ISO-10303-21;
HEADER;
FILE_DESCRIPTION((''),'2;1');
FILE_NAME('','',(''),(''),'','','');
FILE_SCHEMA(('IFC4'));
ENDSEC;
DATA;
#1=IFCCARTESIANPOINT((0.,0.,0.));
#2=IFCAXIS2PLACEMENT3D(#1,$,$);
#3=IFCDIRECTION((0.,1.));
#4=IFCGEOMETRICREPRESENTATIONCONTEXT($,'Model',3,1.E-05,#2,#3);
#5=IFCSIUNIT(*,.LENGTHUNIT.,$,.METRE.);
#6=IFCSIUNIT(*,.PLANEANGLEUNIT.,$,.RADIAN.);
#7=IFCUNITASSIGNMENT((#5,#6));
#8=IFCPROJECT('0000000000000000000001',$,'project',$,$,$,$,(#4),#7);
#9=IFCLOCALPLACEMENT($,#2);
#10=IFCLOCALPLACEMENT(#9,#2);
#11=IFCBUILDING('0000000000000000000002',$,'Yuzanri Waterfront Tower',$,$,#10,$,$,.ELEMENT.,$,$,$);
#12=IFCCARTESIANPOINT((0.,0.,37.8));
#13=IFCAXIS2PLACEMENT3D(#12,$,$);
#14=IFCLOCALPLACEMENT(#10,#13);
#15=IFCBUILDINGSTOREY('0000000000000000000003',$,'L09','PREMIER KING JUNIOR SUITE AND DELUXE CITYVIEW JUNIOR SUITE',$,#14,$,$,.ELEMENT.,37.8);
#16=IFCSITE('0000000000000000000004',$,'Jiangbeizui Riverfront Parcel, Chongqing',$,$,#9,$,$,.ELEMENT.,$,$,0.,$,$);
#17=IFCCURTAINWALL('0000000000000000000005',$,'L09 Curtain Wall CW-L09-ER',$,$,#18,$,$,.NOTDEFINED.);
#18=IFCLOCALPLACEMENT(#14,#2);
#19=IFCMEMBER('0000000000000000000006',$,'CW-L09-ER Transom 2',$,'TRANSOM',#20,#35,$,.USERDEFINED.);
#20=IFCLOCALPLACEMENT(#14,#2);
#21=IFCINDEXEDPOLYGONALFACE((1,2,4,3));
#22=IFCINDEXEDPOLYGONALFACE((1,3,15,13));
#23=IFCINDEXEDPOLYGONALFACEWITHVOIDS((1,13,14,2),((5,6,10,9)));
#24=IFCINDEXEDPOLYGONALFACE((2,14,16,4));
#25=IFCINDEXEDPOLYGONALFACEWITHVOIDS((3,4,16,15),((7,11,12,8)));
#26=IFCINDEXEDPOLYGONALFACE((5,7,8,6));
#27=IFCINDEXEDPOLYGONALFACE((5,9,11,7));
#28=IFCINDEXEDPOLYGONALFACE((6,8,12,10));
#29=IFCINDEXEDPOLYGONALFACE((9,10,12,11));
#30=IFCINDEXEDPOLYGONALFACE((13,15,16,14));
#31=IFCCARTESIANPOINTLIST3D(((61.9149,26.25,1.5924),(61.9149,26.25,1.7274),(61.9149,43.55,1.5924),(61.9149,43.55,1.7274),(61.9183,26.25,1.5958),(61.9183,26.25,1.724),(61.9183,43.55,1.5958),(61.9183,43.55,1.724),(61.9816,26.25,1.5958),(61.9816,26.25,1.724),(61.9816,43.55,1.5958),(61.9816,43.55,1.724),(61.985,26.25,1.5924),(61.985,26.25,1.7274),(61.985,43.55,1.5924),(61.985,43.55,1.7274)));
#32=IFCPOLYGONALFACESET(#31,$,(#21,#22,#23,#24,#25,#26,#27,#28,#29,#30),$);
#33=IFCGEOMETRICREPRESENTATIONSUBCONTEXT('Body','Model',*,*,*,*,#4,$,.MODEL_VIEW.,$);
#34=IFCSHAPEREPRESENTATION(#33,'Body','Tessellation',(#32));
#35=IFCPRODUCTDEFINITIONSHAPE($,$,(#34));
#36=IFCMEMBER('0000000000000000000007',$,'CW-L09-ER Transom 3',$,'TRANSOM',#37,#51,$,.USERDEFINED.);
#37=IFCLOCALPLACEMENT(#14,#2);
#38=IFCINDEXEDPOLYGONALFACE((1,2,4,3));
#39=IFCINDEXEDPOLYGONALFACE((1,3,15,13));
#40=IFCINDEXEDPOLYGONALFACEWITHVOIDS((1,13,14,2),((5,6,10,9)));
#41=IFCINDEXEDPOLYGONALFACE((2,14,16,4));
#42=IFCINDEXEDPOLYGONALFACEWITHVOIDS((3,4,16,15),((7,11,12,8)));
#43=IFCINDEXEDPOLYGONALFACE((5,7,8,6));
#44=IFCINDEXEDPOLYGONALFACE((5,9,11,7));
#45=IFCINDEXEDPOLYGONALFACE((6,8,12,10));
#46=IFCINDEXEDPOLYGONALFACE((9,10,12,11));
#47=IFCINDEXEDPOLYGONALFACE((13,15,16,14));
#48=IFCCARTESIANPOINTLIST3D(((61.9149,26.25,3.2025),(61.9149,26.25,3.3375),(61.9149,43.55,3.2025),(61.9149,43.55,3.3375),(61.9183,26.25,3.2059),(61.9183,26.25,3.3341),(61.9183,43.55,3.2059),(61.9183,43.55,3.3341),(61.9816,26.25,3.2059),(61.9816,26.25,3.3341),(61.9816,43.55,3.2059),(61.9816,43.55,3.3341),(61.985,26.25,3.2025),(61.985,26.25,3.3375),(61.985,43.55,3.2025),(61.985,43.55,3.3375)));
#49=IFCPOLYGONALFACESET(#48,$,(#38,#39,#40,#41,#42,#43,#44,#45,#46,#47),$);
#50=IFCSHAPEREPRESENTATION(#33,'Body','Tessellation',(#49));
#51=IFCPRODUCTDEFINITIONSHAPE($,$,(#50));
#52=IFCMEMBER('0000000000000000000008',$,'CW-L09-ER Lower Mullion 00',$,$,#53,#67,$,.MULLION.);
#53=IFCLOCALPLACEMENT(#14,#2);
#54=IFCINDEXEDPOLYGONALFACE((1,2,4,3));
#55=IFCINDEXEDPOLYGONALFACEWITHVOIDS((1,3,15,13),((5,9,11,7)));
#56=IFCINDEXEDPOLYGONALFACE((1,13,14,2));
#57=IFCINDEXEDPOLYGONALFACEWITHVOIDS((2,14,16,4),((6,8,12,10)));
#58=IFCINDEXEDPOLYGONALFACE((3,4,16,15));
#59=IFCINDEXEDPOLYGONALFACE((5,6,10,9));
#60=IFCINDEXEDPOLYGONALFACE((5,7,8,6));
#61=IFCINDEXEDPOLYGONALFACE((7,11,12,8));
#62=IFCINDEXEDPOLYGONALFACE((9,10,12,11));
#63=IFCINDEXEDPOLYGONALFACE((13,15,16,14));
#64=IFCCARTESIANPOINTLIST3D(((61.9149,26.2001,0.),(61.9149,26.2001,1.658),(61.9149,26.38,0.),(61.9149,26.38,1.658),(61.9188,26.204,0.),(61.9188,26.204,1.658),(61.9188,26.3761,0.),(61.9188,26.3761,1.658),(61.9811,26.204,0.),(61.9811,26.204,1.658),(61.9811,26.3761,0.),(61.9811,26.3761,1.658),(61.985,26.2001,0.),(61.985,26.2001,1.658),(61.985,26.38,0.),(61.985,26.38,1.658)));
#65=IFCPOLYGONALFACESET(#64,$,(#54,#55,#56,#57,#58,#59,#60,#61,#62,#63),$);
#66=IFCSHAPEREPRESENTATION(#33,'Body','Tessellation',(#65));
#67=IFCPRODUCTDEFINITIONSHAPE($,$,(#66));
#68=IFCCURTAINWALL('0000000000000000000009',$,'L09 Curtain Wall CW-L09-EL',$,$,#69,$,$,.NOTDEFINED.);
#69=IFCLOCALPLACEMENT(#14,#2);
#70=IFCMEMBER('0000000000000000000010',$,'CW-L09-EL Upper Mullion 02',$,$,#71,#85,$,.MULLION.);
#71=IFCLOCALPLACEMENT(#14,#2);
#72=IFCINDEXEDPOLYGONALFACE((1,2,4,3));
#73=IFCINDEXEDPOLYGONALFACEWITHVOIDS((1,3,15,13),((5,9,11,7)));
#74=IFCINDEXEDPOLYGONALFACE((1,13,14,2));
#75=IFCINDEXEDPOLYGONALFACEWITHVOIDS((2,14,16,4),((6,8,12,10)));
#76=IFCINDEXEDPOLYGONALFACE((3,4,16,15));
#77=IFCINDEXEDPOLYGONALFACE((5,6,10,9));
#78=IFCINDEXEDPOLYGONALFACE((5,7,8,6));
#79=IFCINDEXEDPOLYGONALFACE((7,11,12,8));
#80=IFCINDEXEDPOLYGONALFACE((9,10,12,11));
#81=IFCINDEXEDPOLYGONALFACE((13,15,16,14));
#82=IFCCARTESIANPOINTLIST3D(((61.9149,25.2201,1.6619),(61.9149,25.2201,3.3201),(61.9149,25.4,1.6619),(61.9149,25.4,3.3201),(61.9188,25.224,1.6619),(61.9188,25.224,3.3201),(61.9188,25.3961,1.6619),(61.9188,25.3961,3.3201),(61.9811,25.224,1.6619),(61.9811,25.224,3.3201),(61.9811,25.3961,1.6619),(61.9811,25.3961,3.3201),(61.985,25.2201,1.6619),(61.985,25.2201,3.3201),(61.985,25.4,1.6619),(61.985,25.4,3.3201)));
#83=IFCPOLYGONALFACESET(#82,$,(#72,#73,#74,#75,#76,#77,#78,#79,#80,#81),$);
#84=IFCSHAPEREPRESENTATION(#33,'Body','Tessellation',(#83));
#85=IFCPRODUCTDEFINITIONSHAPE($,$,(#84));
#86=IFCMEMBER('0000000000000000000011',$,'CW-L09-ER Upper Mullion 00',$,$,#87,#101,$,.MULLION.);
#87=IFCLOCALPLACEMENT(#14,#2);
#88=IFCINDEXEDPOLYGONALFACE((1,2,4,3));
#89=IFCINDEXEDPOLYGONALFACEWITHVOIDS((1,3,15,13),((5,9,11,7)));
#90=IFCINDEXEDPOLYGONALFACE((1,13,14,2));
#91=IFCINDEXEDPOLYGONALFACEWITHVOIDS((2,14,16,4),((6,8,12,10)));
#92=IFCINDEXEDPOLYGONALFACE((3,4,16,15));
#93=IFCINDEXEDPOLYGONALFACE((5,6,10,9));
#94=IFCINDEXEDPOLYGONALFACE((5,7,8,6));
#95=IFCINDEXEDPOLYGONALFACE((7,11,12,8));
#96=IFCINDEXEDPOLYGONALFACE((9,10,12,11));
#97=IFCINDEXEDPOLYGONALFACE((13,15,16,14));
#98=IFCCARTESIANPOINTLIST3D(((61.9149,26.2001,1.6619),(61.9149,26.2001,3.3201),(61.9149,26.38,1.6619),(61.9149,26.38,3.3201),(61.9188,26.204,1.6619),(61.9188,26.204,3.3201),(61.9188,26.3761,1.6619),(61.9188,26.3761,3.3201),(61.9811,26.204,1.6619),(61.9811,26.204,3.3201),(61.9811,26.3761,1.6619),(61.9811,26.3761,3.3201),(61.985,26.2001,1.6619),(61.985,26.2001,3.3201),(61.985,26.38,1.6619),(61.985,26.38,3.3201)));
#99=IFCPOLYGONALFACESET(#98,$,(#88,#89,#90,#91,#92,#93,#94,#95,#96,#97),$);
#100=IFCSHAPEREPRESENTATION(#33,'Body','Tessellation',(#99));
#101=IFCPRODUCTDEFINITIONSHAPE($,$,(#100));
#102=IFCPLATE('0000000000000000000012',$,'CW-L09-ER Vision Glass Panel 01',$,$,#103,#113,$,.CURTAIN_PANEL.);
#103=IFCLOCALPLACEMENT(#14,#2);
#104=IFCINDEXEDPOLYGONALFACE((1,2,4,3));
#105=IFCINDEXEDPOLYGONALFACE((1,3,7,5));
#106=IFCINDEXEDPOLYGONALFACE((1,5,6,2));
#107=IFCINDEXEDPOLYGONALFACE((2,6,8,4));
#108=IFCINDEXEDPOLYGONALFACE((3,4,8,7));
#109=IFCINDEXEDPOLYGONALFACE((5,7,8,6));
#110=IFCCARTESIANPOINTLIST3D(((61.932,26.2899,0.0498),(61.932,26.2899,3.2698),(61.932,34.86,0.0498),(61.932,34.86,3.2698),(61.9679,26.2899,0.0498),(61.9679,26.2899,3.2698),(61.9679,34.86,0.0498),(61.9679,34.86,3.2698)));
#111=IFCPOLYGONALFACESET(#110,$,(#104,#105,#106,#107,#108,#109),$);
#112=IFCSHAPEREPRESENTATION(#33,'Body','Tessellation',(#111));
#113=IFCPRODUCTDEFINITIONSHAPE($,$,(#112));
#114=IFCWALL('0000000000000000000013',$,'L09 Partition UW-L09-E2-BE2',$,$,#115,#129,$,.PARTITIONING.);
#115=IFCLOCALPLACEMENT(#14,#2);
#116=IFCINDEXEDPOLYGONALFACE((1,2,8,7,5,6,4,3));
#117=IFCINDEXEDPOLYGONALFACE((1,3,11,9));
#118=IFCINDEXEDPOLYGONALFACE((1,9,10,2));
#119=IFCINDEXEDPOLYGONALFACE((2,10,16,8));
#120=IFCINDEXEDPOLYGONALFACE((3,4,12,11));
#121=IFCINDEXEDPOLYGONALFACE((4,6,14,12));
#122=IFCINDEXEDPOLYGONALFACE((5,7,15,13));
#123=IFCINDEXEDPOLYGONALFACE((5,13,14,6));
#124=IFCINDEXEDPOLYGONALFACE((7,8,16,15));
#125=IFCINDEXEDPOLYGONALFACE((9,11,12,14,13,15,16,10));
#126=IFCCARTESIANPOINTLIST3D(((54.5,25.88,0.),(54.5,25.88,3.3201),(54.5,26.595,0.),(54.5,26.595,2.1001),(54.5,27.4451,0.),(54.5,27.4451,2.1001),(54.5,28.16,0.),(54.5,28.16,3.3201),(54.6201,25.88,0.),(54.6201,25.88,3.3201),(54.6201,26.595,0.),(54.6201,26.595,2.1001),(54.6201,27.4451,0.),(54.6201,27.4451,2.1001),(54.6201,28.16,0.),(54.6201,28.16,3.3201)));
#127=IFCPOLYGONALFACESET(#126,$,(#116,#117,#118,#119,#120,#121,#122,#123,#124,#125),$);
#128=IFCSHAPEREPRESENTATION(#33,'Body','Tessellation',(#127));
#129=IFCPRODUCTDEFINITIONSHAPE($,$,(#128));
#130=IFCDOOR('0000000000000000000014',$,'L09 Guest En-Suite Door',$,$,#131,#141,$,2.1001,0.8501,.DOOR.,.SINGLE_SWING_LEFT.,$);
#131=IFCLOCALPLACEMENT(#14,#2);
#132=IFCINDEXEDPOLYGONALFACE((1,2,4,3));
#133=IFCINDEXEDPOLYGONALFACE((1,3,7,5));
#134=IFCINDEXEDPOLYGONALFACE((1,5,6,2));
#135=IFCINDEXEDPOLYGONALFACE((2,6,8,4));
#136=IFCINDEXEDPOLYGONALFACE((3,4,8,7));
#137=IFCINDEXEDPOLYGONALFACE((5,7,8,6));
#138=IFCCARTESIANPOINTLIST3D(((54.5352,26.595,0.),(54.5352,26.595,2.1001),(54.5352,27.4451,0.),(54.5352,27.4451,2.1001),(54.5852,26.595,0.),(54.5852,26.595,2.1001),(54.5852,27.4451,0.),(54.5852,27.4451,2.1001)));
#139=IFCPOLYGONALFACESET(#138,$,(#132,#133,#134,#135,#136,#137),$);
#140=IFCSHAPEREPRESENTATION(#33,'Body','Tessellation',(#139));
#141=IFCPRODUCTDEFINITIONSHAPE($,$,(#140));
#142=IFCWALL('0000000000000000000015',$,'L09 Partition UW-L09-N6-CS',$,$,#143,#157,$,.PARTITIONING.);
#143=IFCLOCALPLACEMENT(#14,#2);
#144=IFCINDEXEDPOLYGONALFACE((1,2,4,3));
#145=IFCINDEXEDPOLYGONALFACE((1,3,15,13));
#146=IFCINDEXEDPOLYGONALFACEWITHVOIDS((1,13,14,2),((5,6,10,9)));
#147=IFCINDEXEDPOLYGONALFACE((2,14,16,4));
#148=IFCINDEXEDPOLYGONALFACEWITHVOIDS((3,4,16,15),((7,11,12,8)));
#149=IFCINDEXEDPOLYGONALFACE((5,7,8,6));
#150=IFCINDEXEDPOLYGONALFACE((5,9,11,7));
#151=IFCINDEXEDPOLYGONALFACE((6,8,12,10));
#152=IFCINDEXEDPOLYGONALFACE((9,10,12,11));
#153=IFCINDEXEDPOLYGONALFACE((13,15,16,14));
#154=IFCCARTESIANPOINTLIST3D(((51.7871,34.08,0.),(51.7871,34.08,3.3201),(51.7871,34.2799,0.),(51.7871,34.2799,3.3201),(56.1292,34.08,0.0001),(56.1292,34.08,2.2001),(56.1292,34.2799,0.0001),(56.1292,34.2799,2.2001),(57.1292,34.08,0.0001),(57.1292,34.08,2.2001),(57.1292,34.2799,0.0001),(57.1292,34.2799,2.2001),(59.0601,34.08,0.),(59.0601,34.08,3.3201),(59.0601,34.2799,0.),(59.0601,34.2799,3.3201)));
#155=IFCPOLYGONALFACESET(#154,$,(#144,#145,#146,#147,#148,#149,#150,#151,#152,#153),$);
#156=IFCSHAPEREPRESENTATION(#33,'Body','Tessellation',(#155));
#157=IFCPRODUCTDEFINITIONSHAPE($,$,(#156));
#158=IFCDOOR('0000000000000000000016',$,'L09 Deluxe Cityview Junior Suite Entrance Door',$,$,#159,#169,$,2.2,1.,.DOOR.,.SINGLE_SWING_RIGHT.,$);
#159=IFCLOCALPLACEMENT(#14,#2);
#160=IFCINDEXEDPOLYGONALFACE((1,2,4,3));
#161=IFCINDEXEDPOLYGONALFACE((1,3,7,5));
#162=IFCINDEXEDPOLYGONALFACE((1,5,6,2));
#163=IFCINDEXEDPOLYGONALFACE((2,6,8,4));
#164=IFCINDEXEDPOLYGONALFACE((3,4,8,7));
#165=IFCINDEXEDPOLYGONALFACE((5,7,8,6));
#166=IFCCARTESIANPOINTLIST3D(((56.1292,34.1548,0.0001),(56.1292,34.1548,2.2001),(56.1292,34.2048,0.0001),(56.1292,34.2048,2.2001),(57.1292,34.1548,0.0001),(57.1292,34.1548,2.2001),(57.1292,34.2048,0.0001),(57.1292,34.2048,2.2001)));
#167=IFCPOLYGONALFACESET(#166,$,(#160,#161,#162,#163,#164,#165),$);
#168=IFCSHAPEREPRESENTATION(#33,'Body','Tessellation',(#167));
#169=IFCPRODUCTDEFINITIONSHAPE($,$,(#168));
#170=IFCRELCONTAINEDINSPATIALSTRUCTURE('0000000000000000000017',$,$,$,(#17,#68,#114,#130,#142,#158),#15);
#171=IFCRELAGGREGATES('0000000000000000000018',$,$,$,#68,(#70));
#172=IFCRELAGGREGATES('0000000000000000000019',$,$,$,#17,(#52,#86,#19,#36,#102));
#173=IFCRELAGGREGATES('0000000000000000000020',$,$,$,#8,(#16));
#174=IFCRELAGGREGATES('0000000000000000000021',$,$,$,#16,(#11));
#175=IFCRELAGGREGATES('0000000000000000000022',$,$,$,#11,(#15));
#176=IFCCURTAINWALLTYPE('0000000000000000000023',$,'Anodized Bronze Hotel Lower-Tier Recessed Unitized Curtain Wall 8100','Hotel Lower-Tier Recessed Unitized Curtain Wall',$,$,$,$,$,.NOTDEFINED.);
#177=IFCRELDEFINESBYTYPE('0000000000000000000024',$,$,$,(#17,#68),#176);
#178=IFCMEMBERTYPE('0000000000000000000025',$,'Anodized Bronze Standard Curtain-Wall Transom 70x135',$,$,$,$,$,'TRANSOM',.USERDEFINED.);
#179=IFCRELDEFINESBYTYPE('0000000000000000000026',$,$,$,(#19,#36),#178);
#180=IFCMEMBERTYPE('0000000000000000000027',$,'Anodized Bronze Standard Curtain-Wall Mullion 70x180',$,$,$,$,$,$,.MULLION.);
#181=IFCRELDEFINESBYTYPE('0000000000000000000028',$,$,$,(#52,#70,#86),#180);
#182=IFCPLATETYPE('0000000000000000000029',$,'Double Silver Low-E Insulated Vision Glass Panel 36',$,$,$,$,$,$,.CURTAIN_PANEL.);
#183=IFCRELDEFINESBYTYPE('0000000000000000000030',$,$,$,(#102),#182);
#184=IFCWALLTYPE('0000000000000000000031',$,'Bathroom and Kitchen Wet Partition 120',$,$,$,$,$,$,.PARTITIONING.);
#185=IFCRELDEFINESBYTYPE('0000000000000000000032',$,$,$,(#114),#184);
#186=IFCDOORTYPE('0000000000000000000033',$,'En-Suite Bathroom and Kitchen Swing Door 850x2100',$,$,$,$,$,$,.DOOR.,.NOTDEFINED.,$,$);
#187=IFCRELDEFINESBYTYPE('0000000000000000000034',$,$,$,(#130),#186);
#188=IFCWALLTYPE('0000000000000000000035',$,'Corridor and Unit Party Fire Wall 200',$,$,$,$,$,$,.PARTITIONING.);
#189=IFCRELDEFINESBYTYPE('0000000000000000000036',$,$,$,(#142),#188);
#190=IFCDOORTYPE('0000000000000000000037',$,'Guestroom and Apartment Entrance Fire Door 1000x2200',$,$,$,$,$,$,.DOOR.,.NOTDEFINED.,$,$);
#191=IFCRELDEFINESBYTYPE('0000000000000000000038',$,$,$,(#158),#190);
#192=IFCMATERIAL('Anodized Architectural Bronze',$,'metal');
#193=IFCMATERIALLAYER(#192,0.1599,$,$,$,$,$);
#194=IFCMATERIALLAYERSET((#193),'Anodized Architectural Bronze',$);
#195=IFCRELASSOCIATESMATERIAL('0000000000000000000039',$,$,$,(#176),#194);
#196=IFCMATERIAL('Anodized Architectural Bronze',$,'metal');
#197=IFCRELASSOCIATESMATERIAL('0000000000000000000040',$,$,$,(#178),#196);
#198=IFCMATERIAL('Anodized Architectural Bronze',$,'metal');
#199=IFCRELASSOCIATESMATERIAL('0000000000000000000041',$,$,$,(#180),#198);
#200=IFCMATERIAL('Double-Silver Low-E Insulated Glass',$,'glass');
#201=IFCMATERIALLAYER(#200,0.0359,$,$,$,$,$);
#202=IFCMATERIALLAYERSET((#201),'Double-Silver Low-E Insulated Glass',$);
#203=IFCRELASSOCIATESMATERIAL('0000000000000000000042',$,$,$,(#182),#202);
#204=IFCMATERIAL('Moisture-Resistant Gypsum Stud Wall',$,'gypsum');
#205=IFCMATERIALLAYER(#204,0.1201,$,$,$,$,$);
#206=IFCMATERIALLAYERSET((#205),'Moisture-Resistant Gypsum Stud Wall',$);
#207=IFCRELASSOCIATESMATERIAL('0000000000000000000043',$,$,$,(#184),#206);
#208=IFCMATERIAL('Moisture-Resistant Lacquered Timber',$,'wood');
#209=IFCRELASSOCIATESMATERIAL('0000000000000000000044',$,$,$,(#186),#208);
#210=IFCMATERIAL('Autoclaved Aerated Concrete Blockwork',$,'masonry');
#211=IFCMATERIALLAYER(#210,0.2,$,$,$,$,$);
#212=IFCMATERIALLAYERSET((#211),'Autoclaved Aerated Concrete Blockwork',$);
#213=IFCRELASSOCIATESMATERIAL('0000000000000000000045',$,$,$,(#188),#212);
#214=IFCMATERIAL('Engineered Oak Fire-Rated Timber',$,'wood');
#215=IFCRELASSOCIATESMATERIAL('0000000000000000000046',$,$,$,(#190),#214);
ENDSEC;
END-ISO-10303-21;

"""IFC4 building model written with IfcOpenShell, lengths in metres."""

from ifc_helpers import new_model, si_unit, direction, frame, frame_2d, origin, origin_2d, place, context, subcontext, project, spatial, rectangle, hollow_rectangle, extrude, source, transform, mapped, material, layer, layer_set, material_profile, profile_set, type_object, element, fill, aggregate, save


model = new_model("IFC4")

# Units and contexts
model_context = context("Model", 3, precision=1e-05, world=origin(), true_north=direction((0.0, 1.0)))
body_context = subcontext(model_context, "Body", "Model", "MODEL_VIEW")
ifc_project = project(units=[si_unit("LENGTHUNIT", "METRE"), si_unit("PLANEANGLEUNIT", "RADIAN")], contexts=[model_context])

# Site, building, storey
site_placement = place(None, origin())
site = spatial("IfcSite", under=ifc_project, at=site_placement, Name="Jiangbeizui Riverfront Parcel, Chongqing", CompositionType="ELEMENT", RefElevation=0.0)
building_placement = place(site_placement, origin())
building = spatial("IfcBuilding", under=site, at=building_placement, Name="Yuzanri Waterfront Tower", CompositionType="ELEMENT")
storey_placement = place(building_placement, frame((0.0, 0.0, 37.8)))
storey = spatial("IfcBuildingStorey", under=building, at=storey_placement, Name="L09", Description="PREMIER KING JUNIOR SUITE AND DELUXE CITYVIEW JUNIOR SUITE", CompositionType="ELEMENT", Elevation=37.8)

# Curtain wall, members
ifc_material_1 = material(Name="Anodized Architectural Bronze", Category="metal")
ifc_layer_1 = layer(ifc_material_1, 0.1599)
ifc_layer_set_1 = layer_set([ifc_layer_1], Name="Anodized Architectural Bronze")
curtain_wall_type = type_object("IfcCurtainWallType", Name="Anodized Bronze Hotel Lower-Tier Recessed Unitized Curtain Wall 8100", Description="Hotel Lower-Tier Recessed Unitized Curtain Wall", PredefinedType="NOTDEFINED", material=ifc_layer_set_1)
curtain_wall_1_placement = place(storey_placement, origin())
curtain_wall_1 = element("IfcCurtainWall", 1, at=curtain_wall_1_placement, inside=storey, type_object=curtain_wall_type, Name="L09 Curtain Wall CW-L09-ER", PredefinedType="NOTDEFINED")
ifc_material_2 = material(Name="Anodized Architectural Bronze", Category="metal")
ifc_material_profile_1 = material_profile(ifc_material_2, hollow_rectangle(XDim=0.0701, YDim=0.135, WallThickness=0.0034, at=origin_2d()), Name="CWT 70x135")
ifc_profile_set_1 = profile_set([ifc_material_profile_1], Name="Anodized Architectural Bronze")
member_type_1 = type_object("IfcMemberType", Name="Anodized Bronze Standard Curtain-Wall Transom 70x135", ElementType="TRANSOM", PredefinedType="USERDEFINED", material=ifc_profile_set_1)
shared_shape_1 = source(origin(), body_context, "Body", "SweptSolid", [
    extrude(hollow_rectangle(XDim=0.0701, YDim=0.135, WallThickness=0.0034, at=origin_2d()), origin(), (0.0, 0.0, 1.0), 17.3),
])
member_1_placement = place(storey_placement, frame((61.95, 26.25, 1.6599), z_axis=(0.0, 1.0, 0.0), x_axis=(-1.0, 0.0, 0.0)))
member_1 = element("IfcMember", 2, at=member_1_placement, type_object=member_type_1, Name="CW-L09-ER Transom 2", ObjectType="TRANSOM", PredefinedType="USERDEFINED", context=body_context, shape_type="MappedRepresentation", body=[
    mapped(shared_shape_1, transform((0.0, 0.0, 0.0), scale=1.0)),
])
member_2_placement = place(storey_placement, frame((61.95, 26.25, 3.27), z_axis=(0.0, 1.0, 0.0), x_axis=(-1.0, 0.0, 0.0)))
member_2 = element("IfcMember", 3, at=member_2_placement, type_object=member_type_1, Name="CW-L09-ER Transom 3", ObjectType="TRANSOM", PredefinedType="USERDEFINED", context=body_context, shape_type="MappedRepresentation", body=[
    mapped(shared_shape_1, transform((0.0, 0.0, 0.0), scale=1.0)),
])
ifc_material_3 = material(Name="Anodized Architectural Bronze", Category="metal")
ifc_material_profile_2 = material_profile(ifc_material_3, hollow_rectangle(XDim=0.0701, YDim=0.1799, WallThickness=0.0039, at=origin_2d()), Name="CWM 70x180")
ifc_profile_set_2 = profile_set([ifc_material_profile_2], Name="Anodized Architectural Bronze")
member_type_2 = type_object("IfcMemberType", Name="Anodized Bronze Standard Curtain-Wall Mullion 70x180", PredefinedType="MULLION", material=ifc_profile_set_2)
shared_shape_2 = source(origin(), body_context, "Body", "SweptSolid", [
    extrude(hollow_rectangle(XDim=0.0701, YDim=0.1799, WallThickness=0.0039, at=origin_2d()), origin(), (0.0, 0.0, 1.0), 1.658),
])
member_3_placement = place(storey_placement, frame((61.95, 26.29, 0.0), z_axis=(0.0, 0.0, 1.0), x_axis=(1.0, 0.0, 0.0)))
member_3 = element("IfcMember", 4, at=member_3_placement, type_object=member_type_2, Name="CW-L09-ER Lower Mullion 00", PredefinedType="MULLION", context=body_context, shape_type="MappedRepresentation", body=[
    mapped(shared_shape_2, transform((0.0, 0.0, 0.0), scale=1.0)),
])

# Curtain wall, member
curtain_wall_2_placement = place(storey_placement, origin())
curtain_wall_2 = element("IfcCurtainWall", 5, at=curtain_wall_2_placement, inside=storey, type_object=curtain_wall_type, Name="L09 Curtain Wall CW-L09-EL", PredefinedType="NOTDEFINED")
shared_shape_3 = source(origin(), body_context, "Body", "SweptSolid", [
    extrude(hollow_rectangle(XDim=0.0701, YDim=0.1799, WallThickness=0.0039, at=origin_2d()), origin(), (0.0, 0.0, 1.0), 1.6582),
])
member_4_placement = place(storey_placement, frame((61.95, 25.3101, 1.6619), z_axis=(0.0, 0.0, 1.0), x_axis=(1.0, 0.0, 0.0)))
member_4 = element("IfcMember", 6, at=member_4_placement, type_object=member_type_2, Name="CW-L09-EL Upper Mullion 02", PredefinedType="MULLION", context=body_context, shape_type="MappedRepresentation", body=[
    mapped(shared_shape_3, transform((0.0, 0.0, 0.0), scale=1.0)),
])
aggregate(curtain_wall_2, [member_4])

# Member
member_5_placement = place(storey_placement, frame((61.95, 26.29, 1.6619), z_axis=(0.0, 0.0, 1.0), x_axis=(1.0, 0.0, 0.0)))
member_5 = element("IfcMember", 7, at=member_5_placement, type_object=member_type_2, Name="CW-L09-ER Upper Mullion 00", PredefinedType="MULLION", context=body_context, shape_type="MappedRepresentation", body=[
    mapped(shared_shape_3, transform((0.0, 0.0, 0.0), scale=1.0)),
])

# Plate
ifc_material_4 = material(Name="Double-Silver Low-E Insulated Glass", Category="glass")
ifc_layer_2 = layer(ifc_material_4, 0.0359)
ifc_layer_set_2 = layer_set([ifc_layer_2], Name="Double-Silver Low-E Insulated Glass")
plate_type = type_object("IfcPlateType", Name="Double Silver Low-E Insulated Vision Glass Panel 36", PredefinedType="CURTAIN_PANEL", material=ifc_layer_set_2)
shared_shape_4 = source(origin(), body_context, "Body", "SweptSolid", [
    extrude(rectangle(XDim=8.5701, YDim=0.0359, at=origin_2d()), origin(), (0.0, 0.0, 1.0), 3.22),
])
plate_placement = place(storey_placement, frame((61.95, 30.575, 0.0498), z_axis=(0.0, 0.0, 1.0), x_axis=(0.0, 1.0, 0.0)))
plate = element("IfcPlate", 8, at=plate_placement, type_object=plate_type, Name="CW-L09-ER Vision Glass Panel 01", PredefinedType="CURTAIN_PANEL", context=body_context, shape_type="MappedRepresentation", body=[
    mapped(shared_shape_4, transform((0.0, 0.0, 0.0), scale=1.0)),
])
aggregate(curtain_wall_1, [member_3, member_5, member_1, member_2, plate])

# Walls, openings, doors
ifc_material_5 = material(Name="Moisture-Resistant Gypsum Stud Wall", Category="gypsum")
ifc_layer_3 = layer(ifc_material_5, 0.1201)
ifc_layer_set_3 = layer_set([ifc_layer_3], Name="Moisture-Resistant Gypsum Stud Wall")
wall_type_1 = type_object("IfcWallType", Name="Bathroom and Kitchen Wet Partition 120", PredefinedType="PARTITIONING", material=ifc_layer_set_3)
wall_1_placement = place(storey_placement, frame((54.5601, 25.8799, 0.0), z_axis=(0.0, 0.0, 1.0), x_axis=(0.0, 1.0, 0.0)))
wall_1 = element("IfcWall", 9, at=wall_1_placement, inside=storey, type_object=wall_type_1, Name="L09 Partition UW-L09-E2-BE2", PredefinedType="PARTITIONING", context=body_context, shape_type="SweptSolid", body=[
    extrude(rectangle(XDim=2.28, YDim=0.1201, at=frame_2d((1.1401, 0.0))), origin(), (0.0, 0.0, 1.0), 3.3201),
])
opening_1_placement = place(wall_1_placement, frame((0.7151, 0.0, 0.0)))
opening_1 = element("IfcOpeningElement", 10, at=opening_1_placement, cuts=wall_1, PredefinedType="OPENING", context=body_context, shape_type="SweptSolid", body=[
    extrude(rectangle(XDim=0.8501, YDim=2.1001, at=frame_2d((0.425, 1.05))), frame((0.0, 0.075, 0.0), z_axis=(0.0, -1.0, 0.0), x_axis=(1.0, 0.0, 0.0)), (0.0, 0.0, 1.0), 0.1499),
])
ifc_material_6 = material(Name="Moisture-Resistant Lacquered Timber", Category="wood")
door_type_1 = type_object("IfcDoorType", Name="En-Suite Bathroom and Kitchen Swing Door 850x2100", OperationType="NOTDEFINED", PredefinedType="DOOR", material=ifc_material_6)
shared_shape_5 = source(origin(), body_context, "Body", "SweptSolid", [
    extrude(rectangle(XDim=0.8501, YDim=2.1001, at=frame_2d((0.425, 1.05))), frame((0.0, 0.0249, 0.0), z_axis=(0.0, -1.0, 0.0), x_axis=(1.0, 0.0, 0.0)), (0.0, 0.0, 1.0), 0.05),
])
door_1_placement = place(opening_1_placement, origin())
door_1 = element("IfcDoor", 11, at=door_1_placement, inside=storey, type_object=door_type_1, Name="L09 Guest En-Suite Door", OperationType="SINGLE_SWING_LEFT", OverallHeight=2.1001, OverallWidth=0.8501, PredefinedType="DOOR", context=body_context, shape_type="MappedRepresentation", body=[
    mapped(shared_shape_5, transform((0.0, 0.0, 0.0), scale=1.0)),
])
fill(opening_1, door_1)
ifc_material_7 = material(Name="Autoclaved Aerated Concrete Blockwork", Category="masonry")
ifc_layer_4 = layer(ifc_material_7, 0.2)
ifc_layer_set_4 = layer_set([ifc_layer_4], Name="Autoclaved Aerated Concrete Blockwork")
wall_type_2 = type_object("IfcWallType", Name="Corridor and Unit Party Fire Wall 200", PredefinedType="PARTITIONING", material=ifc_layer_set_4)
wall_2_placement = place(storey_placement, frame((51.7871, 34.1799, 0.0), z_axis=(0.0, 0.0, 1.0), x_axis=(1.0, 0.0, 0.0)))
wall_2 = element("IfcWall", 12, at=wall_2_placement, inside=storey, type_object=wall_type_2, Name="L09 Partition UW-L09-N6-CS", PredefinedType="PARTITIONING", context=body_context, shape_type="SweptSolid", body=[
    extrude(rectangle(XDim=7.2729, YDim=0.2, at=frame_2d((3.6365, 0.0))), origin(), (0.0, 0.0, 1.0), 3.3201),
])
opening_2_placement = place(wall_2_placement, frame((4.342, 0.0, 0.0)))
opening_2 = element("IfcOpeningElement", 13, at=opening_2_placement, cuts=wall_2, PredefinedType="OPENING", context=body_context, shape_type="SweptSolid", body=[
    extrude(rectangle(XDim=1.0, YDim=2.2, at=frame_2d((0.5, 1.1001))), frame((0.0, 0.1147, 0.0), z_axis=(0.0, -1.0, 0.0), x_axis=(1.0, 0.0, 0.0)), (0.0, 0.0, 1.0), 0.2297),
])
ifc_material_8 = material(Name="Engineered Oak Fire-Rated Timber", Category="wood")
door_type_2 = type_object("IfcDoorType", Name="Guestroom and Apartment Entrance Fire Door 1000x2200", OperationType="NOTDEFINED", PredefinedType="DOOR", material=ifc_material_8)
shared_shape_6 = source(origin(), body_context, "Body", "SweptSolid", [
    extrude(rectangle(XDim=1.0, YDim=2.2, at=frame_2d((0.5, 1.1001))), frame((0.0, 0.0249, 0.0), z_axis=(0.0, -1.0, 0.0), x_axis=(1.0, 0.0, 0.0)), (0.0, 0.0, 1.0), 0.05),
])
door_2_placement = place(opening_2_placement, origin())
door_2 = element("IfcDoor", 14, at=door_2_placement, inside=storey, type_object=door_type_2, Name="L09 Deluxe Cityview Junior Suite Entrance Door", OperationType="SINGLE_SWING_RIGHT", OverallHeight=2.2, OverallWidth=1.0, PredefinedType="DOOR", context=body_context, shape_type="MappedRepresentation", body=[
    mapped(shared_shape_6, transform((0.0, 0.0, 0.0), scale=1.0)),
])
fill(opening_2, door_2)

save(model, "model.ifc")
